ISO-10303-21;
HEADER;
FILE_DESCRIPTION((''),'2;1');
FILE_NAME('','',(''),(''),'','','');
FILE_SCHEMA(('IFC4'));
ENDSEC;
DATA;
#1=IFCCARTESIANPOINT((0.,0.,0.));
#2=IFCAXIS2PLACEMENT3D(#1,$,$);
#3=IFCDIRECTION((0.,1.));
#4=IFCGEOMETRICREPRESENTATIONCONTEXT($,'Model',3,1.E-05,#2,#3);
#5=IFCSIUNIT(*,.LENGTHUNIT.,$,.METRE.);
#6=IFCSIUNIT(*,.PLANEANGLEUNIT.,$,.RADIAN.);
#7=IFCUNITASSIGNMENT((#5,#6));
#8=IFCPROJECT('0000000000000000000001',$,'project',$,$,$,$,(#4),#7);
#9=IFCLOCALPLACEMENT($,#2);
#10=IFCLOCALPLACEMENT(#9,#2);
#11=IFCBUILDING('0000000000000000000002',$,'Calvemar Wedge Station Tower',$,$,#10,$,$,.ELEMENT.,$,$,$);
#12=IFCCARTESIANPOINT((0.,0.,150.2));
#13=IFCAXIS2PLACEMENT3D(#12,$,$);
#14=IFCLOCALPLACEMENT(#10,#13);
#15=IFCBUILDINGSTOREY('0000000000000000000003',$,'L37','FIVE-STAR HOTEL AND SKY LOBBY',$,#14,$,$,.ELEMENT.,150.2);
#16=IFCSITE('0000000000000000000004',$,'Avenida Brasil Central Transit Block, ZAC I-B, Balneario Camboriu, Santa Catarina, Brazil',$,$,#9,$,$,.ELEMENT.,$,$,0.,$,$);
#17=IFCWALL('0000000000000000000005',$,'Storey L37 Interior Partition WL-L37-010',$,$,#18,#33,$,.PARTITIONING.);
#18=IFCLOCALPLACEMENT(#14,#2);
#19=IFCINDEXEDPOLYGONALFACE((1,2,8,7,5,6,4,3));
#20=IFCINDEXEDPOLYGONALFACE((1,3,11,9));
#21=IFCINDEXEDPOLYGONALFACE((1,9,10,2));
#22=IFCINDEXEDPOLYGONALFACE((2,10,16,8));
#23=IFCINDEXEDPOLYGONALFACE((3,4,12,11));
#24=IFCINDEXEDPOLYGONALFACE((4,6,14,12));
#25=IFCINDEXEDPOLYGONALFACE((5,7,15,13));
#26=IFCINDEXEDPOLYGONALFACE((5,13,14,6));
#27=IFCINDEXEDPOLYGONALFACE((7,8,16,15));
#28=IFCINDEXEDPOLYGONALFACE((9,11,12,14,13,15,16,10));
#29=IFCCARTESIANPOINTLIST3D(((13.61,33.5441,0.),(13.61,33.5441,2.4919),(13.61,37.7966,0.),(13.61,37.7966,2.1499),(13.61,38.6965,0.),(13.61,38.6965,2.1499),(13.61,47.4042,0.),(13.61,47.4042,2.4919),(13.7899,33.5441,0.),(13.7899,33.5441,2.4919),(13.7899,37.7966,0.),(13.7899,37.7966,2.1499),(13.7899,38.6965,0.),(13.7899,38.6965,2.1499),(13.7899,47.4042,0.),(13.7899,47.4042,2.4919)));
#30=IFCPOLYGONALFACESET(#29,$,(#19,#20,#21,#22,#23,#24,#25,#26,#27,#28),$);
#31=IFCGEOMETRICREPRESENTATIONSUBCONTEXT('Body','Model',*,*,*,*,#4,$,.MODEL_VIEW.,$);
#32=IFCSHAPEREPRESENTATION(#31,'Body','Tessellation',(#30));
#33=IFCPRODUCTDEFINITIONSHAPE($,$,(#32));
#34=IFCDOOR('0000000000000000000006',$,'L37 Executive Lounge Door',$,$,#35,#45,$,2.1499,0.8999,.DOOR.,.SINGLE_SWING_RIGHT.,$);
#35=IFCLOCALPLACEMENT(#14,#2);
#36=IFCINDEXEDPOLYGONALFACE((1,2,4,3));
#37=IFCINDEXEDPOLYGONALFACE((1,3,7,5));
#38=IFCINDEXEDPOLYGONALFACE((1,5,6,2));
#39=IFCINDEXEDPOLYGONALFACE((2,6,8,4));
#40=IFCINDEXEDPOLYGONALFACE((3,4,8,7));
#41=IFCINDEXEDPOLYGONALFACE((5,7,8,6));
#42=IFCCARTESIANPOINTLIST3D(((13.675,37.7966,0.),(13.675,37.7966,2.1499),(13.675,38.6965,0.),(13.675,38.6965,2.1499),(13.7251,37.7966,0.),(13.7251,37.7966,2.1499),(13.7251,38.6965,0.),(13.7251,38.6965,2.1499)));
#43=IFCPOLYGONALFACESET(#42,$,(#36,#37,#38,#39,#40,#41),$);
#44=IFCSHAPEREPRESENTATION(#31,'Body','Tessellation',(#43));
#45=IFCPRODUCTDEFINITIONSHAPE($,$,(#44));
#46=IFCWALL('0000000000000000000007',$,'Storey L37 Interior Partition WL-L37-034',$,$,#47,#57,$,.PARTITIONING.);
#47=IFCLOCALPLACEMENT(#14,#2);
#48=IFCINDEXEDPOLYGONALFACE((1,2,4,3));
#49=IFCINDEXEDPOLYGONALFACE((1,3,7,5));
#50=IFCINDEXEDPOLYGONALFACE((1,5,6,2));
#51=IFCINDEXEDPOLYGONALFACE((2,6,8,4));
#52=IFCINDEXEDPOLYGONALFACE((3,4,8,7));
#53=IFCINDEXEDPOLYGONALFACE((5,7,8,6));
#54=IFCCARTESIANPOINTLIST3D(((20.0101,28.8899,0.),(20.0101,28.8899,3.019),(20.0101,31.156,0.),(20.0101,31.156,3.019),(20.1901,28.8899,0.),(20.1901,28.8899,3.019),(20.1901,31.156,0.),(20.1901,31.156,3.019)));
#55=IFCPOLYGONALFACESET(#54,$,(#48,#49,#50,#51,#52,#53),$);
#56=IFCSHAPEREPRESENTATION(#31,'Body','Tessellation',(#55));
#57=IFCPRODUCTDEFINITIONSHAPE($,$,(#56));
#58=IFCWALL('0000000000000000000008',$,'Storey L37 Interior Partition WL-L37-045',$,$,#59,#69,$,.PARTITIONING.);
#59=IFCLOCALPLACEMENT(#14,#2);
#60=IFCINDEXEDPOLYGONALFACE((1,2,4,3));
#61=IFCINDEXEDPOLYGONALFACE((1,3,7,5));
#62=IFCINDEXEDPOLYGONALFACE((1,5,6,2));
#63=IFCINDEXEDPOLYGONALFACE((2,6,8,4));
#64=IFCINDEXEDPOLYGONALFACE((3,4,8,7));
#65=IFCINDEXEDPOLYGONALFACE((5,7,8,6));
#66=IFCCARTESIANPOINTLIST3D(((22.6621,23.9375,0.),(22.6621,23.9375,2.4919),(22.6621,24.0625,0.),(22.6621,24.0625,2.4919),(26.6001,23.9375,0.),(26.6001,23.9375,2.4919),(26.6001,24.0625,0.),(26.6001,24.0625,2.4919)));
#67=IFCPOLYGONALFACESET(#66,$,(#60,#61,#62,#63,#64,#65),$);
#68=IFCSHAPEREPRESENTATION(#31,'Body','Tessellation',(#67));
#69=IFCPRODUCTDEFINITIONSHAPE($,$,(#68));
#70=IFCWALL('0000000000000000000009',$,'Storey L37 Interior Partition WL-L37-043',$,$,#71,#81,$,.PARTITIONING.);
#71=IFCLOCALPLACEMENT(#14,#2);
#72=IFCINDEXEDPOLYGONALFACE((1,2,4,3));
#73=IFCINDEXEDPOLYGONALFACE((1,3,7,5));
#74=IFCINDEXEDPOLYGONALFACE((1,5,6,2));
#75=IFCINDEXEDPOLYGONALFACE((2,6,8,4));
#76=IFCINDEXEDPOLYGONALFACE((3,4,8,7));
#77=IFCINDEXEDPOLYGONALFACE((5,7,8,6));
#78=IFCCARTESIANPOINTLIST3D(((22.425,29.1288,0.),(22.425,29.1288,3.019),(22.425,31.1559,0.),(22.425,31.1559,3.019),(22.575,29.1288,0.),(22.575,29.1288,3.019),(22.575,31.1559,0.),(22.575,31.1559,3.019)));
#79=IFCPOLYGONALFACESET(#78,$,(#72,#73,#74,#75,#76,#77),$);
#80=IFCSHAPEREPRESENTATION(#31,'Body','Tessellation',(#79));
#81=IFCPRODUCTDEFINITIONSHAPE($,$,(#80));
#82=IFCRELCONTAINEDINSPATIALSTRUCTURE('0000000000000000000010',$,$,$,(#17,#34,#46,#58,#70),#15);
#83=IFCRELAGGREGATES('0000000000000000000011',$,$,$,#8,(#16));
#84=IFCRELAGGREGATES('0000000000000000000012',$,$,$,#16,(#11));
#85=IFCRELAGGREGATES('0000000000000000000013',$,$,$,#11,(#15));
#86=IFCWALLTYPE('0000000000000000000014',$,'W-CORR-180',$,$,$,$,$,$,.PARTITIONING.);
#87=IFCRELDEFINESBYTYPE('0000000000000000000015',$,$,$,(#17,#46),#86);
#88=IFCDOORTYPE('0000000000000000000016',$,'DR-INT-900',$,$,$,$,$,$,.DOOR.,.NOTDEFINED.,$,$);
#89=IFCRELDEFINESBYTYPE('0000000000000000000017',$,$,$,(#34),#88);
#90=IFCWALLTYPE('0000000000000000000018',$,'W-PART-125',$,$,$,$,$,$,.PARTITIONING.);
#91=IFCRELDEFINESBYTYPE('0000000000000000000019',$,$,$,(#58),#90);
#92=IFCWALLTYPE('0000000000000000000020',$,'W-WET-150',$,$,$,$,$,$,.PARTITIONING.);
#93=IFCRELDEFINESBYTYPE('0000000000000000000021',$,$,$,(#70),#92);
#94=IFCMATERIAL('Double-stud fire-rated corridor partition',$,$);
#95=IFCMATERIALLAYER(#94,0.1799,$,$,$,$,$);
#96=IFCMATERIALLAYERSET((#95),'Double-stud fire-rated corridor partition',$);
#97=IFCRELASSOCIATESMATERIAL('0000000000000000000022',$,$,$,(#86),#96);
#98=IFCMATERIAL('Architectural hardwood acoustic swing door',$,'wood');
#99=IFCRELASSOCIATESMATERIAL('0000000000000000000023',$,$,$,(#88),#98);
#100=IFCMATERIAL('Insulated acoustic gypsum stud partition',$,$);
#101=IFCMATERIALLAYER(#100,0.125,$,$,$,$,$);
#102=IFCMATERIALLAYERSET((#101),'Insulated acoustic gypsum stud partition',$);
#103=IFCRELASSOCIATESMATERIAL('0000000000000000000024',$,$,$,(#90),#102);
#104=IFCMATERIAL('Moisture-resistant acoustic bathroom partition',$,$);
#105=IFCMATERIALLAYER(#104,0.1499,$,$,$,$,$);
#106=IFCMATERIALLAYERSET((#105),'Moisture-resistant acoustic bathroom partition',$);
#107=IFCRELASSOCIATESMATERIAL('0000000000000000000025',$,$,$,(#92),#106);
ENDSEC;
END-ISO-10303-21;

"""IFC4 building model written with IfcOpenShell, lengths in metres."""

from ifc_helpers import new_model, si_unit, direction, frame, frame_2d, origin, place, context, subcontext, project, spatial, rectangle, extrude, source, transform, mapped, material, layer, layer_set, type_object, element, fill, save


model = new_model("IFC4")

# Units and contexts
model_context = context("Model", 3, precision=1e-05, world=origin(), true_north=direction((0.0, 1.0)))
body_context = subcontext(model_context, "Body", "Model", "MODEL_VIEW")
ifc_project = project(units=[si_unit("LENGTHUNIT", "METRE"), si_unit("PLANEANGLEUNIT", "RADIAN")], contexts=[model_context])

# Site, building, storey
site_placement = place(None, origin())
site = spatial("IfcSite", under=ifc_project, at=site_placement, Name="Avenida Brasil Central Transit Block, ZAC I-B, Balneario Camboriu, Santa Catarina, Brazil", CompositionType="ELEMENT", RefElevation=0.0)
building_placement = place(site_placement, origin())
building = spatial("IfcBuilding", under=site, at=building_placement, Name="Calvemar Wedge Station Tower", CompositionType="ELEMENT")
storey_placement = place(building_placement, frame((0.0, 0.0, 150.2)))
storey = spatial("IfcBuildingStorey", under=building, at=storey_placement, Name="L37", Description="FIVE-STAR HOTEL AND SKY LOBBY", CompositionType="ELEMENT", Elevation=150.2)

# Shared definitions
ifc_material_1 = material(Name="Double-stud fire-rated corridor partition")
ifc_layer_1 = layer(ifc_material_1, 0.1799)
ifc_layer_set_1 = layer_set([ifc_layer_1], Name="Double-stud fire-rated corridor partition")
wall_type_1 = type_object("IfcWallType", Name="W-CORR-180", PredefinedType="PARTITIONING", material=ifc_layer_set_1)

# Wall, opening, door
wall_1_placement = place(storey_placement, frame((13.7, 33.5439, 0.0), z_axis=(0.0, 0.0, 1.0), x_axis=(0.0, 1.0, 0.0)))
wall_1 = element("IfcWall", 1, at=wall_1_placement, inside=storey, type_object=wall_type_1, Name="Storey L37 Interior Partition WL-L37-010", PredefinedType="PARTITIONING", context=body_context, shape_type="SweptSolid", body=[
    extrude(rectangle(XDim=13.8601, YDim=0.1799, at=frame_2d((6.9302, 0.0))), origin(), (0.0, 0.0, 1.0), 2.4919),
])
shared_shape_1 = source(origin(), body_context, "Body", "SweptSolid", [
    extrude(rectangle(XDim=0.8999, YDim=2.1499, at=frame_2d((0.45, 1.075))), frame((0.0, 0.1001, 0.0), z_axis=(0.0, -1.0, 0.0), x_axis=(1.0, 0.0, 0.0)), (0.0, 0.0, 1.0), 0.2),
])
opening_1_placement = place(wall_1_placement, frame((4.2527, 0.0, 0.0)))
opening_1 = element("IfcOpeningElement", 2, at=opening_1_placement, cuts=wall_1, PredefinedType="OPENING", context=body_context, shape_type="MappedRepresentation", body=[
    mapped(shared_shape_1, transform((0.0, 0.0, 0.0), scale=1.0)),
])
ifc_material_2 = material(Name="Architectural hardwood acoustic swing door", Category="wood")
door_type_1 = type_object("IfcDoorType", Name="DR-INT-900", OperationType="NOTDEFINED", PredefinedType="DOOR", material=ifc_material_2)
shared_shape_2 = source(origin(), body_context, "Body", "SweptSolid", [
    extrude(rectangle(XDim=0.8999, YDim=2.1499, at=frame_2d((0.45, 1.075))), frame((0.0, 0.0249, 0.0), z_axis=(0.0, -1.0, 0.0), x_axis=(1.0, 0.0, 0.0)), (0.0, 0.0, 1.0), 0.05),
])
door_1_placement = place(opening_1_placement, origin())
door_1 = element("IfcDoor", 3, at=door_1_placement, inside=storey, type_object=door_type_1, Name="L37 Executive Lounge Door", OperationType="SINGLE_SWING_RIGHT", OverallHeight=2.1499, OverallWidth=0.8999, PredefinedType="DOOR", context=body_context, shape_type="MappedRepresentation", body=[
    mapped(shared_shape_2, transform((0.0, 0.0, 0.0), scale=1.0)),
])
fill(opening_1, door_1)

# Wall
wall_2_placement = place(storey_placement, frame((20.1001, 31.156, 0.0), z_axis=(0.0, 0.0, 1.0), x_axis=(0.0, -1.0, 0.0)))
element("IfcWall", 4, at=wall_2_placement, inside=storey, type_object=wall_type_1, Name="Storey L37 Interior Partition WL-L37-034", PredefinedType="PARTITIONING", context=body_context, shape_type="SweptSolid", body=[
    extrude(rectangle(XDim=2.2661, YDim=0.1799, at=frame_2d((1.1331, 0.0))), origin(), (0.0, 0.0, 1.0), 3.019),
])

# Wall
ifc_material_3 = material(Name="Insulated acoustic gypsum stud partition")
ifc_layer_2 = layer(ifc_material_3, 0.125)
ifc_layer_set_2 = layer_set([ifc_layer_2], Name="Insulated acoustic gypsum stud partition")
wall_type_2 = type_object("IfcWallType", Name="W-PART-125", PredefinedType="PARTITIONING", material=ifc_layer_set_2)
wall_3_placement = place(storey_placement, frame((26.6001, 24.0, 0.0), z_axis=(0.0, 0.0, 1.0), x_axis=(-1.0, 0.0, 0.0)))
element("IfcWall", 5, at=wall_3_placement, inside=storey, type_object=wall_type_2, Name="Storey L37 Interior Partition WL-L37-045", PredefinedType="PARTITIONING", context=body_context, shape_type="SweptSolid", body=[
    extrude(rectangle(XDim=3.938, YDim=0.125, at=frame_2d((1.969, 0.0))), origin(), (0.0, 0.0, 1.0), 2.4919),
])

# Shared definitions
ifc_material_4 = material(Name="Moisture-resistant acoustic bathroom partition")
ifc_layer_3 = layer(ifc_material_4, 0.1499)
ifc_layer_set_3 = layer_set([ifc_layer_3], Name="Moisture-resistant acoustic bathroom partition")
wall_type_3 = type_object("IfcWallType", Name="W-WET-150", PredefinedType="PARTITIONING", material=ifc_layer_set_3)

# Wall
wall_4_placement = place(storey_placement, frame((22.5, 31.156, 0.0), z_axis=(0.0, 0.0, 1.0), x_axis=(0.0, -1.0, 0.0)))
element("IfcWall", 6, at=wall_4_placement, inside=storey, type_object=wall_type_3, Name="Storey L37 Interior Partition WL-L37-043", PredefinedType="PARTITIONING", context=body_context, shape_type="SweptSolid", body=[
    extrude(rectangle(XDim=2.0271, YDim=0.1499, at=frame_2d((1.0137, 0.0))), origin(), (0.0, 0.0, 1.0), 3.019),
])

save(model, "model.ifc")
